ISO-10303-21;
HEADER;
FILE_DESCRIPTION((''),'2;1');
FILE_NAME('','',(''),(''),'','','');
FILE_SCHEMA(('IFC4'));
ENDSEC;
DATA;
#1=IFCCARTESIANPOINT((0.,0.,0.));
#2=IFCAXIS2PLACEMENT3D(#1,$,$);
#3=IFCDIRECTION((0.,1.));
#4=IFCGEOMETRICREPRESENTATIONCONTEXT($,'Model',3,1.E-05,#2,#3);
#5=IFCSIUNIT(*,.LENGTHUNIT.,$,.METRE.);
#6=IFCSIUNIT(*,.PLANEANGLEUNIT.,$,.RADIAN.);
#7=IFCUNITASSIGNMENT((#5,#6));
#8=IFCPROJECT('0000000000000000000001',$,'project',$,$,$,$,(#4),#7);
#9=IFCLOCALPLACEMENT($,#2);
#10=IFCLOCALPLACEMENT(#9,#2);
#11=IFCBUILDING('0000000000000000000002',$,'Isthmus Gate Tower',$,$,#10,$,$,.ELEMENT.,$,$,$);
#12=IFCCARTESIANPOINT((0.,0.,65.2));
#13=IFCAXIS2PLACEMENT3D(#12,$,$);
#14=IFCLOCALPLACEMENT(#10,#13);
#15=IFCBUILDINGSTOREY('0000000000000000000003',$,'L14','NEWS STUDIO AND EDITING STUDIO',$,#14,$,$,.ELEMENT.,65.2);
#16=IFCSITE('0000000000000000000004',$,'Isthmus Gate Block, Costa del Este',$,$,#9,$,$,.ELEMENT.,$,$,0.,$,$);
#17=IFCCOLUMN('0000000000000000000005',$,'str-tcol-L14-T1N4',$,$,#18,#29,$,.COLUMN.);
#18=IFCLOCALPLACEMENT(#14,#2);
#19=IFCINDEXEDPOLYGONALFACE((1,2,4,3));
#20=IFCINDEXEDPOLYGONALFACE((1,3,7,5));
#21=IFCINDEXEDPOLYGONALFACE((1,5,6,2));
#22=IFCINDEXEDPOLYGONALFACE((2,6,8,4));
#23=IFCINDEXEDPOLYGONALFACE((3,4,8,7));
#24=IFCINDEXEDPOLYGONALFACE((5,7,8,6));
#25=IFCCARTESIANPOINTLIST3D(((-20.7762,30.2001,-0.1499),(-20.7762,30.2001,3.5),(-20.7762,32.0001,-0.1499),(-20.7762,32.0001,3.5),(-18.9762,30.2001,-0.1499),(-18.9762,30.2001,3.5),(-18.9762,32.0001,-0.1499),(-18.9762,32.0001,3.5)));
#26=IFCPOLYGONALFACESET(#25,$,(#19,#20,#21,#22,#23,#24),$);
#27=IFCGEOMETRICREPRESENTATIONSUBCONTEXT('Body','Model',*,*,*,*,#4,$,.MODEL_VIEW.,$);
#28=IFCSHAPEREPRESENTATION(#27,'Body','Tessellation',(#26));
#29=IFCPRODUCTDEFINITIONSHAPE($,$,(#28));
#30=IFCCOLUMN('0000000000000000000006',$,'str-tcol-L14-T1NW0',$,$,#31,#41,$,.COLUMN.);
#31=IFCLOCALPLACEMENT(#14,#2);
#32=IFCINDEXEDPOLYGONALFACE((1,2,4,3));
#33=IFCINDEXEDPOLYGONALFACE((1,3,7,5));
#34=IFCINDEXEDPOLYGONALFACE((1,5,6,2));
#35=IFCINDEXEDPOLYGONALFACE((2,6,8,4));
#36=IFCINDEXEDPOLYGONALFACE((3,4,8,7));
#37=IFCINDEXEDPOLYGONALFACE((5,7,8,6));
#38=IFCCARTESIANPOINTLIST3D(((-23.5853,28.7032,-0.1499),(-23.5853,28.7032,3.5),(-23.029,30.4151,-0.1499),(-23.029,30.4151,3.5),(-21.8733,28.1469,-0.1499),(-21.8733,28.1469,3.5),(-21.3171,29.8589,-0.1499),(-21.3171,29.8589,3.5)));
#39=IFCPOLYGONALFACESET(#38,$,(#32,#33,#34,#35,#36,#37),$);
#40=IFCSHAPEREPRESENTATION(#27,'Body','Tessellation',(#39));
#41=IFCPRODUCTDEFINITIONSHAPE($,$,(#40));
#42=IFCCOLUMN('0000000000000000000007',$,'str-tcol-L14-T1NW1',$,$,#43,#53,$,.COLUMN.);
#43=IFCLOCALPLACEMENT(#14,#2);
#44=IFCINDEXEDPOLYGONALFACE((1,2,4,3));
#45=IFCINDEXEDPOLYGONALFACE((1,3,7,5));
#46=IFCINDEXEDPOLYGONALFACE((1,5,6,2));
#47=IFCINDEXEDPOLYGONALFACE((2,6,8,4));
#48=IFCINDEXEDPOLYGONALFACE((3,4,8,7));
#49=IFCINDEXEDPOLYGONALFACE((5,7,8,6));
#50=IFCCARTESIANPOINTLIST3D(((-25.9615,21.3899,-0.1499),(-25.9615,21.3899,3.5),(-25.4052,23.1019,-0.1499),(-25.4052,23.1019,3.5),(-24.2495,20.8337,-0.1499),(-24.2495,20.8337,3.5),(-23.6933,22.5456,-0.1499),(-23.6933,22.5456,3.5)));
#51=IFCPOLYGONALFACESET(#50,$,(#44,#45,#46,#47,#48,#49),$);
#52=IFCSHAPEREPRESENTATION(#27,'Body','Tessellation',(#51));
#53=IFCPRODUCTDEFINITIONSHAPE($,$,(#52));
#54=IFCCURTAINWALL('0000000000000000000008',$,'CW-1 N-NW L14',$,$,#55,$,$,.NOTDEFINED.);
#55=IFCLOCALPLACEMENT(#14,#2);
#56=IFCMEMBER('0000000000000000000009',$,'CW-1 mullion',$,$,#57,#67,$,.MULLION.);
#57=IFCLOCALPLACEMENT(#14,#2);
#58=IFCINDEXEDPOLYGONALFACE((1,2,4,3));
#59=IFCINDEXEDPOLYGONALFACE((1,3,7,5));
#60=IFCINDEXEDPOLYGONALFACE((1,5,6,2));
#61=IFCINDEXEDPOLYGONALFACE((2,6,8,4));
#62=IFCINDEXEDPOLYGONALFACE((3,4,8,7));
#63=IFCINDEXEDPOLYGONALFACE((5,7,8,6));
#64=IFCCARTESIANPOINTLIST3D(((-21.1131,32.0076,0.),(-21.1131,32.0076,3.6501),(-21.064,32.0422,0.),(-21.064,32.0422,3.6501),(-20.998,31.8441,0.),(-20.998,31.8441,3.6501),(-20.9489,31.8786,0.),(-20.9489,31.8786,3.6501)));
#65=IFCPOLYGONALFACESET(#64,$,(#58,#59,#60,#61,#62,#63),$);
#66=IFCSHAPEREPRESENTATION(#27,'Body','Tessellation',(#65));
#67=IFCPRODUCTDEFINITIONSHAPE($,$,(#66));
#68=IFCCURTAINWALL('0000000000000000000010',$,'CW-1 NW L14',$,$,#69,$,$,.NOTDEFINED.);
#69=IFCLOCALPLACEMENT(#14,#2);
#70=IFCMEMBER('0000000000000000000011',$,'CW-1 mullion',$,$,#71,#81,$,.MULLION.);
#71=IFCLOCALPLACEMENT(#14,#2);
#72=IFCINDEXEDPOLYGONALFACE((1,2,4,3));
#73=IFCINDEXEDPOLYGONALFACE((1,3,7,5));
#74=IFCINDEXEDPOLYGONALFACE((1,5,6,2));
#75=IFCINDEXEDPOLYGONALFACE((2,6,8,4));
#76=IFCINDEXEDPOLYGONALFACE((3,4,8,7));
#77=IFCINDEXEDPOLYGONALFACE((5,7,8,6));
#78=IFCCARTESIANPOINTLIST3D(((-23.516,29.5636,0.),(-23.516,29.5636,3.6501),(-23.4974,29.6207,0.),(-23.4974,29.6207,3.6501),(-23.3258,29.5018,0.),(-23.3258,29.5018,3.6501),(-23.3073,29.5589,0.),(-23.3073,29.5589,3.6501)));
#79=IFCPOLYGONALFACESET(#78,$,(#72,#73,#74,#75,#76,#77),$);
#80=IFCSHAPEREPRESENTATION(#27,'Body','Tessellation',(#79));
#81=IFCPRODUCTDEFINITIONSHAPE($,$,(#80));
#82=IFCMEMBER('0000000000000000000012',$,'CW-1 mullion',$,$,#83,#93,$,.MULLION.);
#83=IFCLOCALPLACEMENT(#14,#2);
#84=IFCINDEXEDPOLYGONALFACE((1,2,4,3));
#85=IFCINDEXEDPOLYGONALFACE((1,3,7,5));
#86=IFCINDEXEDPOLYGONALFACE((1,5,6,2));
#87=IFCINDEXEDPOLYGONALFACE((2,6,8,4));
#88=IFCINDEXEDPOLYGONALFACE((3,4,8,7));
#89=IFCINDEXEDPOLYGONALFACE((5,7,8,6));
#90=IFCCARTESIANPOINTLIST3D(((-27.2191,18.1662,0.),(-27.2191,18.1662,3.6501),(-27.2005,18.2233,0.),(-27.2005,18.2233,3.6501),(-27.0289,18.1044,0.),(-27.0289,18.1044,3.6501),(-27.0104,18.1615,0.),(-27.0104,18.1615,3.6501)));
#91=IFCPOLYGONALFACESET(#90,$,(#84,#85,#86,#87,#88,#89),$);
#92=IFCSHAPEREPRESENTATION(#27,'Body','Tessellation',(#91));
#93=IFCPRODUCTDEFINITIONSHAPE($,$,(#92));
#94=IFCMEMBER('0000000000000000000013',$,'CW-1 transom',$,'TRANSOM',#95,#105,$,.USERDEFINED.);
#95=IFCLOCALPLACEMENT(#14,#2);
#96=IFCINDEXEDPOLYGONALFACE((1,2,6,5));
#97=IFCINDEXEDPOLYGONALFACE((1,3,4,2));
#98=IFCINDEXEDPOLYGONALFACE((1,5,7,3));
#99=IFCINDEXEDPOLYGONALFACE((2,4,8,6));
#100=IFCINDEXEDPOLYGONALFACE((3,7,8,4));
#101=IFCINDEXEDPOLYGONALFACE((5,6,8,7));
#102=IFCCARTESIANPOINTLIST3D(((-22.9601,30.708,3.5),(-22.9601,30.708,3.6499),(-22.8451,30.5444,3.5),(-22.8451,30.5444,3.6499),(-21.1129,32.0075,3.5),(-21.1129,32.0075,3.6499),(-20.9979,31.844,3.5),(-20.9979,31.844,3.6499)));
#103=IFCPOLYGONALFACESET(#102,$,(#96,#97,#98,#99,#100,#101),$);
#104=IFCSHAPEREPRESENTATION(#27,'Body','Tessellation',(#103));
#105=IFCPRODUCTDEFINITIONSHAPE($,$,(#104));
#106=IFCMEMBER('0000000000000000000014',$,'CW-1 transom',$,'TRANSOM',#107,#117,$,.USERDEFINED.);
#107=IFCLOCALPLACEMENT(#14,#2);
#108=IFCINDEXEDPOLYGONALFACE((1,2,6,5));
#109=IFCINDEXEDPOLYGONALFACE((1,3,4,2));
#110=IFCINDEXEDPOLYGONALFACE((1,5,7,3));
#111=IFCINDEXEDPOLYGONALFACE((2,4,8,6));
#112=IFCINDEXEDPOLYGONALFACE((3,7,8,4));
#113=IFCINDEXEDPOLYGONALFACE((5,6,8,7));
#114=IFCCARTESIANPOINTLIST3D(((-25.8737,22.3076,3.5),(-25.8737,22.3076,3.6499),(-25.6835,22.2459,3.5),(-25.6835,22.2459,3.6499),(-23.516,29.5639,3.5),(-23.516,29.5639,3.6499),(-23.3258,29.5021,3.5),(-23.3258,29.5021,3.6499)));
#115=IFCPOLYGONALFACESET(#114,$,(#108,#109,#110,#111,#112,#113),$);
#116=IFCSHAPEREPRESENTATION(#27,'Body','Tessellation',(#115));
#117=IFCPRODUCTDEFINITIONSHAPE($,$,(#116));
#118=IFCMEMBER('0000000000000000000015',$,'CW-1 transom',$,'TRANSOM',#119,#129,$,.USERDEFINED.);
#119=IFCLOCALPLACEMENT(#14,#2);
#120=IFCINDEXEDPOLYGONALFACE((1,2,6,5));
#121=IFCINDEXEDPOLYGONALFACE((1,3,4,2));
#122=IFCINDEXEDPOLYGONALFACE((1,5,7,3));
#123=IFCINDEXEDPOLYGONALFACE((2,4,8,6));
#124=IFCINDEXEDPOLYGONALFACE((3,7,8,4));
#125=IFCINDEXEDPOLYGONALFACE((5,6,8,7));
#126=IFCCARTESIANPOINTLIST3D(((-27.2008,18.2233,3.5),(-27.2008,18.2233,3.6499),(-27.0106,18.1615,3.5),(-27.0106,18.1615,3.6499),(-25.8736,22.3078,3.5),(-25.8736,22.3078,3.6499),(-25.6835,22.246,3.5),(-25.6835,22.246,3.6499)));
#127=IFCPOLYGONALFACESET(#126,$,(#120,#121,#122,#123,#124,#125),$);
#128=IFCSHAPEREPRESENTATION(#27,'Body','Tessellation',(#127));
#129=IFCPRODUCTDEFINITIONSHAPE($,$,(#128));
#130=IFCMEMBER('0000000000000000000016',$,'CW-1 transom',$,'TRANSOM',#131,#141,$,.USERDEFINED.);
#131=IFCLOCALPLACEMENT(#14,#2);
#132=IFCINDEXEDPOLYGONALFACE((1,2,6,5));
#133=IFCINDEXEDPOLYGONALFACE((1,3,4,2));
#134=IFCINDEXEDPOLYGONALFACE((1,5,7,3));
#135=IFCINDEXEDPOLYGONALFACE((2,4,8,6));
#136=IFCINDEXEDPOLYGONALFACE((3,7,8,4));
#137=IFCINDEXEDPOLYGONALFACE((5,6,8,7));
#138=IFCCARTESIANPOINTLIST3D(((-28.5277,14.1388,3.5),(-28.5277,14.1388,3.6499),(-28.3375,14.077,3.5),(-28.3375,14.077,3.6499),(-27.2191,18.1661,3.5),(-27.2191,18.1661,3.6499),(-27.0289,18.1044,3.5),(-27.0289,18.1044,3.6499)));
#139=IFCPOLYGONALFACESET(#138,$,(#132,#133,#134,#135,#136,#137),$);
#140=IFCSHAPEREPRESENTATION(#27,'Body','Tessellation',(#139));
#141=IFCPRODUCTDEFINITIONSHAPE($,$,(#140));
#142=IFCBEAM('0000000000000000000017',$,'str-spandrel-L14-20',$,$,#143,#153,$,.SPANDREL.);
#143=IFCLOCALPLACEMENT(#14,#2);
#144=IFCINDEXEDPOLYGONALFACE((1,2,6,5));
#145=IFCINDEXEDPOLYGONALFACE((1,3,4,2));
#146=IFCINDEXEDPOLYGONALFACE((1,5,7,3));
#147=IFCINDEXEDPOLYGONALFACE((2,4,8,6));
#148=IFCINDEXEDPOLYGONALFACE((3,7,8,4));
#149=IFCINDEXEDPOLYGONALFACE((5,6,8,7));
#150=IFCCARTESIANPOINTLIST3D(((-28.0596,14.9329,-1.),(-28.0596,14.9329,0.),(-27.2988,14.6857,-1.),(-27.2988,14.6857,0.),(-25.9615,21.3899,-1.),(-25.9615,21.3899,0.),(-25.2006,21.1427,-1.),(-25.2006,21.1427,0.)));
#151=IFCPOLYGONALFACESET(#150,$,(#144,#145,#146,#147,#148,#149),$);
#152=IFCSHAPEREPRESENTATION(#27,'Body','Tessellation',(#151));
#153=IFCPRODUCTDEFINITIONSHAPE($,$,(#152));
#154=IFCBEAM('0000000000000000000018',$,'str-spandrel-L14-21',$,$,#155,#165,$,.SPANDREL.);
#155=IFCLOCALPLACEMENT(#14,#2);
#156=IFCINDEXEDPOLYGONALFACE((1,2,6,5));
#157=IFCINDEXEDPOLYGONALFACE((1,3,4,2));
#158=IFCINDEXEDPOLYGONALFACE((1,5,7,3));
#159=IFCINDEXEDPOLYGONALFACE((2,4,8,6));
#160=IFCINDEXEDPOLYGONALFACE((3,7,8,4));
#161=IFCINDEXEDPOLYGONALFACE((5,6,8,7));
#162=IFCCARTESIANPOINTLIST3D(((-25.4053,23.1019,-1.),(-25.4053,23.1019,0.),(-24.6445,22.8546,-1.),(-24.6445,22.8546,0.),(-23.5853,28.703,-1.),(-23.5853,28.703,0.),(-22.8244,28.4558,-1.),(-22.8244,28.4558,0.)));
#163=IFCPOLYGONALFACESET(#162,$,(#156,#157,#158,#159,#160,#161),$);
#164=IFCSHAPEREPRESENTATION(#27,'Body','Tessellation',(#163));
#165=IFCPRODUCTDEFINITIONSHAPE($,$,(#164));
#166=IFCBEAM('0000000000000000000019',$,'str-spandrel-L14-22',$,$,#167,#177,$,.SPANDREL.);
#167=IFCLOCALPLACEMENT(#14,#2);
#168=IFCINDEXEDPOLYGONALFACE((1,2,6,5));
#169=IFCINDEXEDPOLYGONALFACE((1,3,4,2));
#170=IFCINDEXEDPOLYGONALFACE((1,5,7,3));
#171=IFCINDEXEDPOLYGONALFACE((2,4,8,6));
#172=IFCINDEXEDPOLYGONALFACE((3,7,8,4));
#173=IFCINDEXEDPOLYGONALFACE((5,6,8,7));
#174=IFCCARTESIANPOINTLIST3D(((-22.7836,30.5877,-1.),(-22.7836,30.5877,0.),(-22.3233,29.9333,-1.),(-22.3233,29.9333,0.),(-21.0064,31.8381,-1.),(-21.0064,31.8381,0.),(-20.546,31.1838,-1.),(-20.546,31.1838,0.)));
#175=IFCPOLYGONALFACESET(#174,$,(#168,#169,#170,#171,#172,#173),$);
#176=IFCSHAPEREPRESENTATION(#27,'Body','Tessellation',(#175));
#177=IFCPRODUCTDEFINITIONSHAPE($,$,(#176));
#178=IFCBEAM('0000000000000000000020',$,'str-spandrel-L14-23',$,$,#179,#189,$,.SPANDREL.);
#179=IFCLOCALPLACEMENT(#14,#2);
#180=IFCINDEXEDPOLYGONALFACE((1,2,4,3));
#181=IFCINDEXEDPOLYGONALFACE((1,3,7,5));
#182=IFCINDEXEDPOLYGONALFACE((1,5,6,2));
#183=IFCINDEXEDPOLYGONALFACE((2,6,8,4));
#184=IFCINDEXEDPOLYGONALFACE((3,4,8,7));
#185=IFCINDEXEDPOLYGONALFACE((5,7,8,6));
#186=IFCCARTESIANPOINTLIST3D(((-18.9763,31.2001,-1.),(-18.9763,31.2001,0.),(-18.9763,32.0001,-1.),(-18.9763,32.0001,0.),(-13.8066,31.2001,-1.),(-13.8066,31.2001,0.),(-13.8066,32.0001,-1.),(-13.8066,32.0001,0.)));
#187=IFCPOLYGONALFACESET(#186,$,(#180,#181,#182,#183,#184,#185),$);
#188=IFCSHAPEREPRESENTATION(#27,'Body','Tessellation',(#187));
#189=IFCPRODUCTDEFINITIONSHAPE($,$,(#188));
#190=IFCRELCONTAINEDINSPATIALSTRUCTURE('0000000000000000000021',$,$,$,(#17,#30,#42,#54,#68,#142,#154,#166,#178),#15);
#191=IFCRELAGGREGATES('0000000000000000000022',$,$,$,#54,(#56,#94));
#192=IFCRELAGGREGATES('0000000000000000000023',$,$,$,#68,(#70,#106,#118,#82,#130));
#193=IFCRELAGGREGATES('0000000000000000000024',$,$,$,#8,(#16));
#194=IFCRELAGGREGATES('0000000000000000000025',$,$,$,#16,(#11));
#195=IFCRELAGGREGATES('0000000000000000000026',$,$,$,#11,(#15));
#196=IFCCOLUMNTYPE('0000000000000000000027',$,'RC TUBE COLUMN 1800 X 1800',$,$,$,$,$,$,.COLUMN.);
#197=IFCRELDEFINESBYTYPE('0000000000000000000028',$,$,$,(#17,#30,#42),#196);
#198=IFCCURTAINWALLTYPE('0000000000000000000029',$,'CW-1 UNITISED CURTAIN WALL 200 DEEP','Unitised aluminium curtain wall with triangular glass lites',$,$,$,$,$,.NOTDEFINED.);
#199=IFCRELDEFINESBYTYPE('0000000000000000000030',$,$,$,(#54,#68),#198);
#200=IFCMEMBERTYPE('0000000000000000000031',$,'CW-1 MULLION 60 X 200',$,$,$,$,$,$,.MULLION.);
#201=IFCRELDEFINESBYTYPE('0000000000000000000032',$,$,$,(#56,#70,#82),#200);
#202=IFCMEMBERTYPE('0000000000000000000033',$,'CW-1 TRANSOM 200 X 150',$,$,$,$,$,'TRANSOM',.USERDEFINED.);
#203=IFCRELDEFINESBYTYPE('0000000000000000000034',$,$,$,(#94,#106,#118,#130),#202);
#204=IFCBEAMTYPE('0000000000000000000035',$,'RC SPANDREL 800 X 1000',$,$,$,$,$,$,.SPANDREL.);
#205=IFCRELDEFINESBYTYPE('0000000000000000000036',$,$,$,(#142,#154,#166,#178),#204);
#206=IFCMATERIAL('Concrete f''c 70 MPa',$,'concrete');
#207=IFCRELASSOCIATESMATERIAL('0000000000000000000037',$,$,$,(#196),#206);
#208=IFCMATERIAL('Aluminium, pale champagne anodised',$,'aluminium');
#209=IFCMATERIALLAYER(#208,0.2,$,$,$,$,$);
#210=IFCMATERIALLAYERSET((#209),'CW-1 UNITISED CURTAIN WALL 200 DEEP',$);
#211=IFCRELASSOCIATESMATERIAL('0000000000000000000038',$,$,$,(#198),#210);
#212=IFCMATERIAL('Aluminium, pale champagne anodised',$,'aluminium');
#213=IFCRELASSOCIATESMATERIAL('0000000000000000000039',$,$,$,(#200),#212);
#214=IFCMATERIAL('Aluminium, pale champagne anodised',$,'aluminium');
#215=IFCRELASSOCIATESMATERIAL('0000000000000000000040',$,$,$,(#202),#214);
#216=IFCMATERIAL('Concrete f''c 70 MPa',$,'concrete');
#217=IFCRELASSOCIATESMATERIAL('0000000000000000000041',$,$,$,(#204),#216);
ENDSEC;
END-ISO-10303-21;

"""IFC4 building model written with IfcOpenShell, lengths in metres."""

from ifc_helpers import new_model, si_unit, direction, frame, origin, origin_2d, place, context, subcontext, project, spatial, rectangle, extrude, material, layer, layer_set, material_profile, profile_set, type_object, element, aggregate, save


model = new_model("IFC4")

# Units and contexts
model_context = context("Model", 3, precision=1e-05, world=origin(), true_north=direction((0.0, 1.0)))
body_context = subcontext(model_context, "Body", "Model", "MODEL_VIEW")
ifc_project = project(units=[si_unit("LENGTHUNIT", "METRE"), si_unit("PLANEANGLEUNIT", "RADIAN")], contexts=[model_context])

# Site, building, storey
site_placement = place(None, origin())
site = spatial("IfcSite", under=ifc_project, at=site_placement, Name="Isthmus Gate Block, Costa del Este", CompositionType="ELEMENT", RefElevation=0.0)
building_placement = place(site_placement, origin())
building = spatial("IfcBuilding", under=site, at=building_placement, Name="Isthmus Gate Tower", CompositionType="ELEMENT")
storey_placement = place(building_placement, frame((0.0, 0.0, 65.2)))
storey = spatial("IfcBuildingStorey", under=building, at=storey_placement, Name="L14", Description="NEWS STUDIO AND EDITING STUDIO", CompositionType="ELEMENT", Elevation=65.2)

# Columns
ifc_material_1 = material(Name="Concrete f'c 70 MPa", Category="concrete")
ifc_material_profile_1 = material_profile(ifc_material_1, rectangle(XDim=1.8, YDim=1.8, at=origin_2d()), Name="RC 1800X1800")
ifc_profile_set_1 = profile_set([ifc_material_profile_1], Name="Concrete f'c 70 MPa")
column_type = type_object("IfcColumnType", Name="RC TUBE COLUMN 1800 X 1800", PredefinedType="COLUMN", material=ifc_profile_set_1)
for number, where, z_axis, x_axis, name in (
    (1, (-19.8762, 31.1001, -0.1499), (0.0, 0.0, 1.0), (-1.0, 0.0, 0.0), "str-tcol-L14-T1N4"),
    (2, (-22.4512, 29.281, -0.1499), (0.0, 0.0, 1.0), (-0.309017, -0.951057, 0.0), "str-tcol-L14-T1NW0"),
    (3, (-24.8274, 21.9678, -0.1499), (0.0, 0.0, 1.0), (-0.309017, -0.951057, 0.0), "str-tcol-L14-T1NW1"),
):
    element("IfcColumn", number, at=place(storey_placement, frame(where, z_axis=z_axis, x_axis=x_axis)), inside=storey, type_object=column_type, Name=name, PredefinedType="COLUMN", context=body_context, shape_type="SweptSolid", body=[
        extrude(rectangle(XDim=1.8, YDim=1.8, at=origin_2d()), origin(), (0.0, 0.0, 1.0), 3.6499),
    ])

# Curtain wall, member
ifc_material_2 = material(Name="Aluminium, pale champagne anodised", Category="aluminium")
ifc_layer_1 = layer(ifc_material_2, 0.2)
ifc_layer_set_1 = layer_set([ifc_layer_1], Name="CW-1 UNITISED CURTAIN WALL 200 DEEP")
curtain_wall_type = type_object("IfcCurtainWallType", Name="CW-1 UNITISED CURTAIN WALL 200 DEEP", Description="Unitised aluminium curtain wall with triangular glass lites", PredefinedType="NOTDEFINED", material=ifc_layer_set_1)
curtain_wall_1_placement = place(storey_placement, origin())
curtain_wall_1 = element("IfcCurtainWall", 4, at=curtain_wall_1_placement, inside=storey, type_object=curtain_wall_type, Name="CW-1 N-NW L14", PredefinedType="NOTDEFINED")
ifc_material_3 = material(Name="Aluminium, pale champagne anodised", Category="aluminium")
ifc_material_profile_2 = material_profile(ifc_material_3, rectangle(XDim=0.0601, YDim=0.2, at=origin_2d()), Name="60x200")
ifc_profile_set_2 = profile_set([ifc_material_profile_2], Name="Aluminium, pale champagne anodised")
member_type_1 = type_object("IfcMemberType", Name="CW-1 MULLION 60 X 200", PredefinedType="MULLION", material=ifc_profile_set_2)
member_1_placement = place(storey_placement, frame((-21.031, 31.9431, 0.0), z_axis=(0.0, 0.0, 1.0), x_axis=(-0.81786, -0.575418, 0.0)))
member_1 = element("IfcMember", 5, at=member_1_placement, type_object=member_type_1, Name="CW-1 mullion", PredefinedType="MULLION", context=body_context, shape_type="SweptSolid", body=[
    extrude(rectangle(XDim=0.0601, YDim=0.2, at=origin_2d()), origin(), (0.0, 0.0, 1.0), 3.6501),
])

# Curtain wall, members
curtain_wall_2_placement = place(storey_placement, origin())
curtain_wall_2 = element("IfcCurtainWall", 6, at=curtain_wall_2_placement, inside=storey, type_object=curtain_wall_type, Name="CW-1 NW L14", PredefinedType="NOTDEFINED")
member_2_placement = place(storey_placement, frame((-23.4116, 29.5613, 0.0), z_axis=(0.0, 0.0, 1.0), x_axis=(-0.309017, -0.951057, 0.0)))
member_2 = element("IfcMember", 7, at=member_2_placement, type_object=member_type_1, Name="CW-1 mullion", PredefinedType="MULLION", context=body_context, shape_type="SweptSolid", body=[
    extrude(rectangle(XDim=0.0601, YDim=0.2, at=origin_2d()), origin(), (0.0, 0.0, 1.0), 3.6501),
])
member_3_placement = place(storey_placement, frame((-27.1147, 18.1638, 0.0), z_axis=(0.0, 0.0, 1.0), x_axis=(-0.309017, -0.951057, 0.0)))
member_3 = element("IfcMember", 8, at=member_3_placement, type_object=member_type_1, Name="CW-1 mullion", PredefinedType="MULLION", context=body_context, shape_type="SweptSolid", body=[
    extrude(rectangle(XDim=0.0601, YDim=0.2, at=origin_2d()), origin(), (0.0, 0.0, 1.0), 3.6501),
])

# Members
ifc_material_4 = material(Name="Aluminium, pale champagne anodised", Category="aluminium")
ifc_material_profile_3 = material_profile(ifc_material_4, rectangle(XDim=0.2, YDim=0.1499, at=origin_2d()), Name="200x150")
ifc_profile_set_3 = profile_set([ifc_material_profile_3], Name="Aluminium, pale champagne anodised")
member_type_2 = type_object("IfcMemberType", Name="CW-1 TRANSOM 200 X 150", ElementType="TRANSOM", PredefinedType="USERDEFINED", material=ifc_profile_set_3)
member_4_placement = place(storey_placement, frame((-21.0554, 31.9258, 3.575), z_axis=(-0.817869, -0.575405, 0.0), x_axis=(0.575405, -0.817869, 0.0)))
member_4 = element("IfcMember", 9, at=member_4_placement, type_object=member_type_2, Name="CW-1 transom", ObjectType="TRANSOM", PredefinedType="USERDEFINED", context=body_context, shape_type="SweptSolid", body=[
    extrude(rectangle(XDim=0.2, YDim=0.1499, at=origin_2d()), origin(), (0.0, 0.0, 1.0), 2.2585),
])
member_5_placement = place(storey_placement, frame((-23.4209, 29.533, 3.575), z_axis=(-0.309019, -0.951056, 0.0), x_axis=(0.951056, -0.309019, 0.0)))
member_5 = element("IfcMember", 10, at=member_5_placement, type_object=member_type_2, Name="CW-1 transom", ObjectType="TRANSOM", PredefinedType="USERDEFINED", context=body_context, shape_type="SweptSolid", body=[
    extrude(rectangle(XDim=0.2, YDim=0.1499, at=origin_2d()), origin(), (0.0, 0.0, 1.0), 7.6296),
])
member_6_placement = place(storey_placement, frame((-25.7786, 22.2769, 3.575), z_axis=(-0.309022, -0.951055, 0.0), x_axis=(0.951055, -0.309022, 0.0)))
member_6 = element("IfcMember", 11, at=member_6_placement, type_object=member_type_2, Name="CW-1 transom", ObjectType="TRANSOM", PredefinedType="USERDEFINED", context=body_context, shape_type="SweptSolid", body=[
    extrude(rectangle(XDim=0.2, YDim=0.1499, at=origin_2d()), origin(), (0.0, 0.0, 1.0), 4.2947),
])
member_7_placement = place(storey_placement, frame((-27.124, 18.1353, 3.575), z_axis=(-0.309023, -0.951054, 0.0), x_axis=(0.951054, -0.309023, 0.0)))
member_7 = element("IfcMember", 12, at=member_7_placement, type_object=member_type_2, Name="CW-1 transom", ObjectType="TRANSOM", PredefinedType="USERDEFINED", context=body_context, shape_type="SweptSolid", body=[
    extrude(rectangle(XDim=0.2, YDim=0.1499, at=origin_2d()), origin(), (0.0, 0.0, 1.0), 4.2346),
])

# Beams
ifc_material_5 = material(Name="Concrete f'c 70 MPa", Category="concrete")
ifc_material_profile_4 = material_profile(ifc_material_5, rectangle(XDim=0.8, YDim=1.0, at=origin_2d()), Name="RC 800X1000")
ifc_profile_set_4 = profile_set([ifc_material_profile_4], Name="Concrete f'c 70 MPa")
beam_type_1 = type_object("IfcBeamType", Name="RC SPANDREL 800 X 1000", PredefinedType="SPANDREL", material=ifc_profile_set_4)
beam_1_placement = place(storey_placement, frame((-27.6792, 14.8093, -0.5), z_axis=(0.309034, 0.951051, 0.0), x_axis=(-0.951051, 0.309034, 0.0)))
element("IfcBeam", 13, at=beam_1_placement, inside=storey, type_object=beam_type_1, Name="str-spandrel-L14-20", PredefinedType="SPANDREL", context=body_context, shape_type="SweptSolid", body=[
    extrude(rectangle(XDim=0.8, YDim=1.0, at=origin_2d()), origin(), (0.0, 0.0, 1.0), 6.7893),
])
beam_2_placement = place(storey_placement, frame((-25.0249, 22.9783, -0.5), z_axis=(0.309043, 0.951048, 0.0), x_axis=(-0.951048, 0.309043, 0.0)))
element("IfcBeam", 14, at=beam_2_placement, inside=storey, type_object=beam_type_1, Name="str-spandrel-L14-21", PredefinedType="SPANDREL", context=body_context, shape_type="SweptSolid", body=[
    extrude(rectangle(XDim=0.8, YDim=1.0, at=origin_2d()), origin(), (0.0, 0.0, 1.0), 5.8894),
])
beam_3_placement = place(storey_placement, frame((-22.5535, 30.2605, -0.5), z_axis=(0.817857, 0.575421, 0.0), x_axis=(-0.575421, 0.817857, 0.0)))
element("IfcBeam", 15, at=beam_3_placement, inside=storey, type_object=beam_type_1, Name="str-spandrel-L14-22", PredefinedType="SPANDREL", context=body_context, shape_type="SweptSolid", body=[
    extrude(rectangle(XDim=0.8, YDim=1.0, at=origin_2d()), origin(), (0.0, 0.0, 1.0), 2.1731),
])
beam_4_placement = place(storey_placement, frame((-18.9763, 31.6001, -0.5), z_axis=(1.0, 0.0, 0.0), x_axis=(0.0, 1.0, 0.0)))
element("IfcBeam", 16, at=beam_4_placement, inside=storey, type_object=beam_type_1, Name="str-spandrel-L14-23", PredefinedType="SPANDREL", context=body_context, shape_type="SweptSolid", body=[
    extrude(rectangle(XDim=0.8, YDim=1.0, at=origin_2d()), origin(), (0.0, 0.0, 1.0), 5.1697),
])

aggregate(curtain_wall_1, [member_1, member_4])

aggregate(curtain_wall_2, [member_2, member_5, member_6, member_3, member_7])

save(model, "model.ifc")
